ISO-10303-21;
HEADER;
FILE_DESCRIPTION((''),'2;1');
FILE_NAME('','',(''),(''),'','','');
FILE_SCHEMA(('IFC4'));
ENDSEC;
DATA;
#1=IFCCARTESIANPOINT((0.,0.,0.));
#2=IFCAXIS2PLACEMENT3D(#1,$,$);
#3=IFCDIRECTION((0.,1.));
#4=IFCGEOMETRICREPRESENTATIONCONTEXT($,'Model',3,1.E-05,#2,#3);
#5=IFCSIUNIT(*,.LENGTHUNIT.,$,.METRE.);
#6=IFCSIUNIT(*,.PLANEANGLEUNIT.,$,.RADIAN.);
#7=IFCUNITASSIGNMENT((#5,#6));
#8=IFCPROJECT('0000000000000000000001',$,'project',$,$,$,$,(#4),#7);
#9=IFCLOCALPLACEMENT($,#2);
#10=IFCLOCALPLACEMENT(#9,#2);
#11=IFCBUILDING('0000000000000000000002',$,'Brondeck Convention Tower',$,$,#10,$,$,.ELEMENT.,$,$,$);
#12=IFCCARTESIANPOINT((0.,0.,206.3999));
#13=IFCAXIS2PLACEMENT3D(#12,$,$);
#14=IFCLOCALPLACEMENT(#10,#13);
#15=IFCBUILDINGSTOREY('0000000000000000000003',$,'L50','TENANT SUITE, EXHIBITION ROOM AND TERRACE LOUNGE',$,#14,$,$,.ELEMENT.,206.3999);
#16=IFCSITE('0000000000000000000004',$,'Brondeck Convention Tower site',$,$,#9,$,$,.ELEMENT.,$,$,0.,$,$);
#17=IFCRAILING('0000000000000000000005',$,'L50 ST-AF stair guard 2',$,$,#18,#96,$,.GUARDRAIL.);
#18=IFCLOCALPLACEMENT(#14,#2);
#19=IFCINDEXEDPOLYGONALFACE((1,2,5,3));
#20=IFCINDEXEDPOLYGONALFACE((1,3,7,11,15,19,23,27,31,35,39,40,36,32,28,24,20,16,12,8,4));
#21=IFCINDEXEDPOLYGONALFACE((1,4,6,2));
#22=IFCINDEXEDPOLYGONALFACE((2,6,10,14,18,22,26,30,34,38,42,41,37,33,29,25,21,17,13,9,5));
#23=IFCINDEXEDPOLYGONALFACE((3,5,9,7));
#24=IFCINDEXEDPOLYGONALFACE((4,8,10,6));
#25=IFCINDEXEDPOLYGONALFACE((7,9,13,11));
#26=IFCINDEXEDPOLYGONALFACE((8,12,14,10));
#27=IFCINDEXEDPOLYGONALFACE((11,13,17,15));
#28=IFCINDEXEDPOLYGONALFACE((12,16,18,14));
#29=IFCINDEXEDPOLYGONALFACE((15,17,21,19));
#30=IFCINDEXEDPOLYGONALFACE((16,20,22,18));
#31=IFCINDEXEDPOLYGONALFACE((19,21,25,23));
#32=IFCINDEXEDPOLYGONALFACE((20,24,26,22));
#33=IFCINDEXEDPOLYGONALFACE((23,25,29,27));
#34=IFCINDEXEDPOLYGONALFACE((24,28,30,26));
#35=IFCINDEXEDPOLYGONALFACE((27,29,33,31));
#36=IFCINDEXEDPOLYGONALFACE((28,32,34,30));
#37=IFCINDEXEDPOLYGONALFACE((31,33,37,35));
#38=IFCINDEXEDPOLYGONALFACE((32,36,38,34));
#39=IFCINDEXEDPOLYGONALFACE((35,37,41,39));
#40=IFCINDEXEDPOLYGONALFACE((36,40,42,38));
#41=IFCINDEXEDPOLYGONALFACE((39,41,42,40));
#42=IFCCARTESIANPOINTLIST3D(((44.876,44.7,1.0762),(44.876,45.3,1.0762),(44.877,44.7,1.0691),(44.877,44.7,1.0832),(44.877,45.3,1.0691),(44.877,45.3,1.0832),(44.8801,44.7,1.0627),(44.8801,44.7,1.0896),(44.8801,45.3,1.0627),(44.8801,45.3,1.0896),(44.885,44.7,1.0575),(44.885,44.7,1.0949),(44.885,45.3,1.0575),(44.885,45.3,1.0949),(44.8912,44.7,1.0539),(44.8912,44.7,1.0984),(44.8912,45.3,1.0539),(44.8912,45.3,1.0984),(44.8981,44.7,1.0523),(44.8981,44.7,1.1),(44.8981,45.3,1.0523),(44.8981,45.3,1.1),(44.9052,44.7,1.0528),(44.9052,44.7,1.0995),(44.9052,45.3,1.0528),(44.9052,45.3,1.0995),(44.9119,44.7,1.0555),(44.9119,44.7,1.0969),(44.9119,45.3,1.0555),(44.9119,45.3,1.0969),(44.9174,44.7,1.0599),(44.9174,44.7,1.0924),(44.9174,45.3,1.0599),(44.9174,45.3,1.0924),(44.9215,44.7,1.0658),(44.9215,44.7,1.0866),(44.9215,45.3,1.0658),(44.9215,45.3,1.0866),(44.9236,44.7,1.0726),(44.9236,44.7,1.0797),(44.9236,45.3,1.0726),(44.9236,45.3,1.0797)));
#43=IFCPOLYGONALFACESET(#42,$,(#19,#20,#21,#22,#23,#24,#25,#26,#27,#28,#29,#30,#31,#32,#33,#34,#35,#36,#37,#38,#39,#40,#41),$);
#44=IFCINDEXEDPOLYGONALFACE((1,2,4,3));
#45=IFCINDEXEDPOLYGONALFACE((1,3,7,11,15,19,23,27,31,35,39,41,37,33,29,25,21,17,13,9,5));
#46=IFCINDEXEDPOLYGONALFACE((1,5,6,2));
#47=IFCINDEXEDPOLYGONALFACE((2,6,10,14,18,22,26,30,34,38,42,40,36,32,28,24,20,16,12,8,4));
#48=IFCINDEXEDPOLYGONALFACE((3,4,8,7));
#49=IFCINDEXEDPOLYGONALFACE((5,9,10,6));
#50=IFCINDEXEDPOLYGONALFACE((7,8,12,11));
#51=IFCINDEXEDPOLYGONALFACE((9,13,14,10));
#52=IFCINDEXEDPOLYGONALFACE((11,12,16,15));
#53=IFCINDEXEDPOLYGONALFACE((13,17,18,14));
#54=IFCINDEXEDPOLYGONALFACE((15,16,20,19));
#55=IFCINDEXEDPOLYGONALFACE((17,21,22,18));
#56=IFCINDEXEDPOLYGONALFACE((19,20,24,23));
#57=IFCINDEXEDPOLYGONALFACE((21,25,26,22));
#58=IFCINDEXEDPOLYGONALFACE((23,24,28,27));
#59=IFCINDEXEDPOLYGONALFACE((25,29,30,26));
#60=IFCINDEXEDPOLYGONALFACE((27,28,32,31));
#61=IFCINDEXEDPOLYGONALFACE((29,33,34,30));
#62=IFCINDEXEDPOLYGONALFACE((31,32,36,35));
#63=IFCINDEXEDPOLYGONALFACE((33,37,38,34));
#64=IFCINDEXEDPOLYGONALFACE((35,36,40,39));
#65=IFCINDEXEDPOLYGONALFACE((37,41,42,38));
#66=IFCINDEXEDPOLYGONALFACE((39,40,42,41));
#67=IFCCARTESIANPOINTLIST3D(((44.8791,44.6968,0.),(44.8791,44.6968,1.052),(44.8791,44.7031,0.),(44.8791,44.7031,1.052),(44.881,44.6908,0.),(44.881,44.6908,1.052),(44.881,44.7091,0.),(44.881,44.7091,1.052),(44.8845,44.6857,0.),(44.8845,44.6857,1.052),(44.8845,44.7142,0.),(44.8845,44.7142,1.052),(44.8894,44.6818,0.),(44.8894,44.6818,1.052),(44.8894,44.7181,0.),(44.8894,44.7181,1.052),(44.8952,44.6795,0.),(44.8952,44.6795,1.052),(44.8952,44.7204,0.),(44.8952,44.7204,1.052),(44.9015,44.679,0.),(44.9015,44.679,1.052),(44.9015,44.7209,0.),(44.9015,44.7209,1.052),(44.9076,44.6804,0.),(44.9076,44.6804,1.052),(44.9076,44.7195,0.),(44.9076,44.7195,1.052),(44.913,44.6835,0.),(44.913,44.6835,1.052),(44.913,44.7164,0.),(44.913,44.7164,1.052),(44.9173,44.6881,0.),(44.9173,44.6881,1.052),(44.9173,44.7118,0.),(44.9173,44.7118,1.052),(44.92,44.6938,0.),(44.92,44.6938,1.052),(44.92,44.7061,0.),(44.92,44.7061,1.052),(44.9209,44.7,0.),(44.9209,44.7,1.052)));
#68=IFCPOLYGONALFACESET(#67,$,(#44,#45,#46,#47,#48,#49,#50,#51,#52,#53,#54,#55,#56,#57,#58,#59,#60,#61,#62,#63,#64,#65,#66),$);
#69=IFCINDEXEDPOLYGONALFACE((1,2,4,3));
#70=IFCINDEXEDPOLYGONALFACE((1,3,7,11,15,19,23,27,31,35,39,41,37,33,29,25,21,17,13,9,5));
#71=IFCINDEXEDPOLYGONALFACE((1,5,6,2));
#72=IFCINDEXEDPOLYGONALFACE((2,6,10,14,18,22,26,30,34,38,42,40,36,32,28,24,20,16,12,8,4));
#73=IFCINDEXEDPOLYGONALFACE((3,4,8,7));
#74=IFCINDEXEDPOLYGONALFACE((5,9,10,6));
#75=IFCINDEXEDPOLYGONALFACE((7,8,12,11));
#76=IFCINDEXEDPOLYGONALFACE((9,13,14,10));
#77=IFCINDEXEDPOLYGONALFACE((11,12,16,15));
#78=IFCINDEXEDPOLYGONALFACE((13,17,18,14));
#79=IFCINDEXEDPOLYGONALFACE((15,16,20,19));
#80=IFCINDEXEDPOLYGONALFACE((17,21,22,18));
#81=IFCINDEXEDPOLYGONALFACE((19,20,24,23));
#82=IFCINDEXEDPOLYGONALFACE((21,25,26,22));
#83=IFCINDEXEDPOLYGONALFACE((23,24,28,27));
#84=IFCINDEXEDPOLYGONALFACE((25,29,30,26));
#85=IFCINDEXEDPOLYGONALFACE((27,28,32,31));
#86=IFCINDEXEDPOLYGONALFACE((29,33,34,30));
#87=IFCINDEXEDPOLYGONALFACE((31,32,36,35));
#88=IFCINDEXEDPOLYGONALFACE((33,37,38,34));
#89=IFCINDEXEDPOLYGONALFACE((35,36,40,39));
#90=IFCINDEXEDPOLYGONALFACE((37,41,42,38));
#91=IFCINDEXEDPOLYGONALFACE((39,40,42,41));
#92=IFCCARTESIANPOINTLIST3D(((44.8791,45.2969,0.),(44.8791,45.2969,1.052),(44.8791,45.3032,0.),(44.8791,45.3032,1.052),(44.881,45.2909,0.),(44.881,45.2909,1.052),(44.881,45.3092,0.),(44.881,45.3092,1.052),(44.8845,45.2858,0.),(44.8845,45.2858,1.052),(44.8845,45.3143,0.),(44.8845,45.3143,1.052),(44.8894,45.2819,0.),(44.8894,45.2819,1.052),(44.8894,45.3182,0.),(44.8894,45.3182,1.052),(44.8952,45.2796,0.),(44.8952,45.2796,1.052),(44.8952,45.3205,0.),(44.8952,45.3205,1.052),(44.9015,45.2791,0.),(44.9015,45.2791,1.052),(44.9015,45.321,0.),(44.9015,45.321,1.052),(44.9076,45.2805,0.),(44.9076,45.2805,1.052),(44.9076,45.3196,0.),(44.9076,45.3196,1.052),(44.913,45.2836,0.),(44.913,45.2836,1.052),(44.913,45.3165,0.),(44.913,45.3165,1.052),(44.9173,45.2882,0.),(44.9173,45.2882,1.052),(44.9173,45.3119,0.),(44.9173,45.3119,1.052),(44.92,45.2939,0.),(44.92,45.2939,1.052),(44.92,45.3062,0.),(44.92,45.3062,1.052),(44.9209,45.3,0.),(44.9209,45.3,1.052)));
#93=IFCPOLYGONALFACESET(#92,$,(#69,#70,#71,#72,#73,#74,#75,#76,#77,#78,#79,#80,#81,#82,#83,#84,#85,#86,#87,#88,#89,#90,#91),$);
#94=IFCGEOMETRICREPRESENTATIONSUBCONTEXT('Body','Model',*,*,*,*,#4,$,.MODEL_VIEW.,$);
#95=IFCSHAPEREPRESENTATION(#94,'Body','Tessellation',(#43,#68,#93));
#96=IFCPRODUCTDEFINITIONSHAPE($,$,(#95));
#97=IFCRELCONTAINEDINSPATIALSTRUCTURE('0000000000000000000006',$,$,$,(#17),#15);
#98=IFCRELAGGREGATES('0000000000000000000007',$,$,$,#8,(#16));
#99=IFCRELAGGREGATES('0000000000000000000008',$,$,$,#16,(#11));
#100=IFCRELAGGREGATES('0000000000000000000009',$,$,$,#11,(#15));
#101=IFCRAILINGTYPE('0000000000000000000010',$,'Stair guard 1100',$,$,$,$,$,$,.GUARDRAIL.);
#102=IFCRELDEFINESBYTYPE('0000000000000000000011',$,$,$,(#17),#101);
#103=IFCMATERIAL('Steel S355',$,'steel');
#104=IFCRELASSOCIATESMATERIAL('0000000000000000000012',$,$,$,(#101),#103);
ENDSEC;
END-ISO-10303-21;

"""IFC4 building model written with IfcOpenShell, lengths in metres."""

from ifc_helpers import new_model, si_unit, direction, frame, origin, origin_2d, place, context, subcontext, project, spatial, circle, extrude, material, type_object, element, save


model = new_model("IFC4")

# Units and contexts
model_context = context("Model", 3, precision=1e-05, world=origin(), true_north=direction((0.0, 1.0)))
body_context = subcontext(model_context, "Body", "Model", "MODEL_VIEW")
ifc_project = project(units=[si_unit("LENGTHUNIT", "METRE"), si_unit("PLANEANGLEUNIT", "RADIAN")], contexts=[model_context])

# Site, building, storey
site_placement = place(None, origin())
site = spatial("IfcSite", under=ifc_project, at=site_placement, Name="Brondeck Convention Tower site", CompositionType="ELEMENT", RefElevation=0.0)
building_placement = place(site_placement, origin())
building = spatial("IfcBuilding", under=site, at=building_placement, Name="Brondeck Convention Tower", CompositionType="ELEMENT")
storey_placement = place(building_placement, frame((0.0, 0.0, 206.3999)))
storey = spatial("IfcBuildingStorey", under=building, at=storey_placement, Name="L50", Description="TENANT SUITE, EXHIBITION ROOM AND TERRACE LOUNGE", CompositionType="ELEMENT", Elevation=206.3999)

# Shared definitions
ifc_material_1 = material(Name="Steel S355", Category="steel")

# Railing
railing_type_1 = type_object("IfcRailingType", Name="Stair guard 1100", PredefinedType="GUARDRAIL", material=ifc_material_1)
railing_1_placement = place(storey_placement, frame((44.8999, 44.7, 0.0)))
element("IfcRailing", 1, at=railing_1_placement, inside=storey, type_object=railing_type_1, Name="L50 ST-AF stair guard 2", PredefinedType="GUARDRAIL", context=body_context, shape_type="SweptSolid", body=[
    extrude(circle(Radius=0.0239, at=origin_2d()), frame((0.0, 0.0, 1.0762), z_axis=(0.0, 1.0, 0.0), x_axis=(-1.0, 0.0, 0.0)), (0.0, 0.0, 1.0), 0.6001),
    extrude(circle(Radius=0.021, at=origin_2d()), origin(), (0.0, 0.0, 1.0), 1.052),
    extrude(circle(Radius=0.021, at=origin_2d()), frame((0.0, 0.6001, 0.0)), (0.0, 0.0, 1.0), 1.052),
])

save(model, "model.ifc")
